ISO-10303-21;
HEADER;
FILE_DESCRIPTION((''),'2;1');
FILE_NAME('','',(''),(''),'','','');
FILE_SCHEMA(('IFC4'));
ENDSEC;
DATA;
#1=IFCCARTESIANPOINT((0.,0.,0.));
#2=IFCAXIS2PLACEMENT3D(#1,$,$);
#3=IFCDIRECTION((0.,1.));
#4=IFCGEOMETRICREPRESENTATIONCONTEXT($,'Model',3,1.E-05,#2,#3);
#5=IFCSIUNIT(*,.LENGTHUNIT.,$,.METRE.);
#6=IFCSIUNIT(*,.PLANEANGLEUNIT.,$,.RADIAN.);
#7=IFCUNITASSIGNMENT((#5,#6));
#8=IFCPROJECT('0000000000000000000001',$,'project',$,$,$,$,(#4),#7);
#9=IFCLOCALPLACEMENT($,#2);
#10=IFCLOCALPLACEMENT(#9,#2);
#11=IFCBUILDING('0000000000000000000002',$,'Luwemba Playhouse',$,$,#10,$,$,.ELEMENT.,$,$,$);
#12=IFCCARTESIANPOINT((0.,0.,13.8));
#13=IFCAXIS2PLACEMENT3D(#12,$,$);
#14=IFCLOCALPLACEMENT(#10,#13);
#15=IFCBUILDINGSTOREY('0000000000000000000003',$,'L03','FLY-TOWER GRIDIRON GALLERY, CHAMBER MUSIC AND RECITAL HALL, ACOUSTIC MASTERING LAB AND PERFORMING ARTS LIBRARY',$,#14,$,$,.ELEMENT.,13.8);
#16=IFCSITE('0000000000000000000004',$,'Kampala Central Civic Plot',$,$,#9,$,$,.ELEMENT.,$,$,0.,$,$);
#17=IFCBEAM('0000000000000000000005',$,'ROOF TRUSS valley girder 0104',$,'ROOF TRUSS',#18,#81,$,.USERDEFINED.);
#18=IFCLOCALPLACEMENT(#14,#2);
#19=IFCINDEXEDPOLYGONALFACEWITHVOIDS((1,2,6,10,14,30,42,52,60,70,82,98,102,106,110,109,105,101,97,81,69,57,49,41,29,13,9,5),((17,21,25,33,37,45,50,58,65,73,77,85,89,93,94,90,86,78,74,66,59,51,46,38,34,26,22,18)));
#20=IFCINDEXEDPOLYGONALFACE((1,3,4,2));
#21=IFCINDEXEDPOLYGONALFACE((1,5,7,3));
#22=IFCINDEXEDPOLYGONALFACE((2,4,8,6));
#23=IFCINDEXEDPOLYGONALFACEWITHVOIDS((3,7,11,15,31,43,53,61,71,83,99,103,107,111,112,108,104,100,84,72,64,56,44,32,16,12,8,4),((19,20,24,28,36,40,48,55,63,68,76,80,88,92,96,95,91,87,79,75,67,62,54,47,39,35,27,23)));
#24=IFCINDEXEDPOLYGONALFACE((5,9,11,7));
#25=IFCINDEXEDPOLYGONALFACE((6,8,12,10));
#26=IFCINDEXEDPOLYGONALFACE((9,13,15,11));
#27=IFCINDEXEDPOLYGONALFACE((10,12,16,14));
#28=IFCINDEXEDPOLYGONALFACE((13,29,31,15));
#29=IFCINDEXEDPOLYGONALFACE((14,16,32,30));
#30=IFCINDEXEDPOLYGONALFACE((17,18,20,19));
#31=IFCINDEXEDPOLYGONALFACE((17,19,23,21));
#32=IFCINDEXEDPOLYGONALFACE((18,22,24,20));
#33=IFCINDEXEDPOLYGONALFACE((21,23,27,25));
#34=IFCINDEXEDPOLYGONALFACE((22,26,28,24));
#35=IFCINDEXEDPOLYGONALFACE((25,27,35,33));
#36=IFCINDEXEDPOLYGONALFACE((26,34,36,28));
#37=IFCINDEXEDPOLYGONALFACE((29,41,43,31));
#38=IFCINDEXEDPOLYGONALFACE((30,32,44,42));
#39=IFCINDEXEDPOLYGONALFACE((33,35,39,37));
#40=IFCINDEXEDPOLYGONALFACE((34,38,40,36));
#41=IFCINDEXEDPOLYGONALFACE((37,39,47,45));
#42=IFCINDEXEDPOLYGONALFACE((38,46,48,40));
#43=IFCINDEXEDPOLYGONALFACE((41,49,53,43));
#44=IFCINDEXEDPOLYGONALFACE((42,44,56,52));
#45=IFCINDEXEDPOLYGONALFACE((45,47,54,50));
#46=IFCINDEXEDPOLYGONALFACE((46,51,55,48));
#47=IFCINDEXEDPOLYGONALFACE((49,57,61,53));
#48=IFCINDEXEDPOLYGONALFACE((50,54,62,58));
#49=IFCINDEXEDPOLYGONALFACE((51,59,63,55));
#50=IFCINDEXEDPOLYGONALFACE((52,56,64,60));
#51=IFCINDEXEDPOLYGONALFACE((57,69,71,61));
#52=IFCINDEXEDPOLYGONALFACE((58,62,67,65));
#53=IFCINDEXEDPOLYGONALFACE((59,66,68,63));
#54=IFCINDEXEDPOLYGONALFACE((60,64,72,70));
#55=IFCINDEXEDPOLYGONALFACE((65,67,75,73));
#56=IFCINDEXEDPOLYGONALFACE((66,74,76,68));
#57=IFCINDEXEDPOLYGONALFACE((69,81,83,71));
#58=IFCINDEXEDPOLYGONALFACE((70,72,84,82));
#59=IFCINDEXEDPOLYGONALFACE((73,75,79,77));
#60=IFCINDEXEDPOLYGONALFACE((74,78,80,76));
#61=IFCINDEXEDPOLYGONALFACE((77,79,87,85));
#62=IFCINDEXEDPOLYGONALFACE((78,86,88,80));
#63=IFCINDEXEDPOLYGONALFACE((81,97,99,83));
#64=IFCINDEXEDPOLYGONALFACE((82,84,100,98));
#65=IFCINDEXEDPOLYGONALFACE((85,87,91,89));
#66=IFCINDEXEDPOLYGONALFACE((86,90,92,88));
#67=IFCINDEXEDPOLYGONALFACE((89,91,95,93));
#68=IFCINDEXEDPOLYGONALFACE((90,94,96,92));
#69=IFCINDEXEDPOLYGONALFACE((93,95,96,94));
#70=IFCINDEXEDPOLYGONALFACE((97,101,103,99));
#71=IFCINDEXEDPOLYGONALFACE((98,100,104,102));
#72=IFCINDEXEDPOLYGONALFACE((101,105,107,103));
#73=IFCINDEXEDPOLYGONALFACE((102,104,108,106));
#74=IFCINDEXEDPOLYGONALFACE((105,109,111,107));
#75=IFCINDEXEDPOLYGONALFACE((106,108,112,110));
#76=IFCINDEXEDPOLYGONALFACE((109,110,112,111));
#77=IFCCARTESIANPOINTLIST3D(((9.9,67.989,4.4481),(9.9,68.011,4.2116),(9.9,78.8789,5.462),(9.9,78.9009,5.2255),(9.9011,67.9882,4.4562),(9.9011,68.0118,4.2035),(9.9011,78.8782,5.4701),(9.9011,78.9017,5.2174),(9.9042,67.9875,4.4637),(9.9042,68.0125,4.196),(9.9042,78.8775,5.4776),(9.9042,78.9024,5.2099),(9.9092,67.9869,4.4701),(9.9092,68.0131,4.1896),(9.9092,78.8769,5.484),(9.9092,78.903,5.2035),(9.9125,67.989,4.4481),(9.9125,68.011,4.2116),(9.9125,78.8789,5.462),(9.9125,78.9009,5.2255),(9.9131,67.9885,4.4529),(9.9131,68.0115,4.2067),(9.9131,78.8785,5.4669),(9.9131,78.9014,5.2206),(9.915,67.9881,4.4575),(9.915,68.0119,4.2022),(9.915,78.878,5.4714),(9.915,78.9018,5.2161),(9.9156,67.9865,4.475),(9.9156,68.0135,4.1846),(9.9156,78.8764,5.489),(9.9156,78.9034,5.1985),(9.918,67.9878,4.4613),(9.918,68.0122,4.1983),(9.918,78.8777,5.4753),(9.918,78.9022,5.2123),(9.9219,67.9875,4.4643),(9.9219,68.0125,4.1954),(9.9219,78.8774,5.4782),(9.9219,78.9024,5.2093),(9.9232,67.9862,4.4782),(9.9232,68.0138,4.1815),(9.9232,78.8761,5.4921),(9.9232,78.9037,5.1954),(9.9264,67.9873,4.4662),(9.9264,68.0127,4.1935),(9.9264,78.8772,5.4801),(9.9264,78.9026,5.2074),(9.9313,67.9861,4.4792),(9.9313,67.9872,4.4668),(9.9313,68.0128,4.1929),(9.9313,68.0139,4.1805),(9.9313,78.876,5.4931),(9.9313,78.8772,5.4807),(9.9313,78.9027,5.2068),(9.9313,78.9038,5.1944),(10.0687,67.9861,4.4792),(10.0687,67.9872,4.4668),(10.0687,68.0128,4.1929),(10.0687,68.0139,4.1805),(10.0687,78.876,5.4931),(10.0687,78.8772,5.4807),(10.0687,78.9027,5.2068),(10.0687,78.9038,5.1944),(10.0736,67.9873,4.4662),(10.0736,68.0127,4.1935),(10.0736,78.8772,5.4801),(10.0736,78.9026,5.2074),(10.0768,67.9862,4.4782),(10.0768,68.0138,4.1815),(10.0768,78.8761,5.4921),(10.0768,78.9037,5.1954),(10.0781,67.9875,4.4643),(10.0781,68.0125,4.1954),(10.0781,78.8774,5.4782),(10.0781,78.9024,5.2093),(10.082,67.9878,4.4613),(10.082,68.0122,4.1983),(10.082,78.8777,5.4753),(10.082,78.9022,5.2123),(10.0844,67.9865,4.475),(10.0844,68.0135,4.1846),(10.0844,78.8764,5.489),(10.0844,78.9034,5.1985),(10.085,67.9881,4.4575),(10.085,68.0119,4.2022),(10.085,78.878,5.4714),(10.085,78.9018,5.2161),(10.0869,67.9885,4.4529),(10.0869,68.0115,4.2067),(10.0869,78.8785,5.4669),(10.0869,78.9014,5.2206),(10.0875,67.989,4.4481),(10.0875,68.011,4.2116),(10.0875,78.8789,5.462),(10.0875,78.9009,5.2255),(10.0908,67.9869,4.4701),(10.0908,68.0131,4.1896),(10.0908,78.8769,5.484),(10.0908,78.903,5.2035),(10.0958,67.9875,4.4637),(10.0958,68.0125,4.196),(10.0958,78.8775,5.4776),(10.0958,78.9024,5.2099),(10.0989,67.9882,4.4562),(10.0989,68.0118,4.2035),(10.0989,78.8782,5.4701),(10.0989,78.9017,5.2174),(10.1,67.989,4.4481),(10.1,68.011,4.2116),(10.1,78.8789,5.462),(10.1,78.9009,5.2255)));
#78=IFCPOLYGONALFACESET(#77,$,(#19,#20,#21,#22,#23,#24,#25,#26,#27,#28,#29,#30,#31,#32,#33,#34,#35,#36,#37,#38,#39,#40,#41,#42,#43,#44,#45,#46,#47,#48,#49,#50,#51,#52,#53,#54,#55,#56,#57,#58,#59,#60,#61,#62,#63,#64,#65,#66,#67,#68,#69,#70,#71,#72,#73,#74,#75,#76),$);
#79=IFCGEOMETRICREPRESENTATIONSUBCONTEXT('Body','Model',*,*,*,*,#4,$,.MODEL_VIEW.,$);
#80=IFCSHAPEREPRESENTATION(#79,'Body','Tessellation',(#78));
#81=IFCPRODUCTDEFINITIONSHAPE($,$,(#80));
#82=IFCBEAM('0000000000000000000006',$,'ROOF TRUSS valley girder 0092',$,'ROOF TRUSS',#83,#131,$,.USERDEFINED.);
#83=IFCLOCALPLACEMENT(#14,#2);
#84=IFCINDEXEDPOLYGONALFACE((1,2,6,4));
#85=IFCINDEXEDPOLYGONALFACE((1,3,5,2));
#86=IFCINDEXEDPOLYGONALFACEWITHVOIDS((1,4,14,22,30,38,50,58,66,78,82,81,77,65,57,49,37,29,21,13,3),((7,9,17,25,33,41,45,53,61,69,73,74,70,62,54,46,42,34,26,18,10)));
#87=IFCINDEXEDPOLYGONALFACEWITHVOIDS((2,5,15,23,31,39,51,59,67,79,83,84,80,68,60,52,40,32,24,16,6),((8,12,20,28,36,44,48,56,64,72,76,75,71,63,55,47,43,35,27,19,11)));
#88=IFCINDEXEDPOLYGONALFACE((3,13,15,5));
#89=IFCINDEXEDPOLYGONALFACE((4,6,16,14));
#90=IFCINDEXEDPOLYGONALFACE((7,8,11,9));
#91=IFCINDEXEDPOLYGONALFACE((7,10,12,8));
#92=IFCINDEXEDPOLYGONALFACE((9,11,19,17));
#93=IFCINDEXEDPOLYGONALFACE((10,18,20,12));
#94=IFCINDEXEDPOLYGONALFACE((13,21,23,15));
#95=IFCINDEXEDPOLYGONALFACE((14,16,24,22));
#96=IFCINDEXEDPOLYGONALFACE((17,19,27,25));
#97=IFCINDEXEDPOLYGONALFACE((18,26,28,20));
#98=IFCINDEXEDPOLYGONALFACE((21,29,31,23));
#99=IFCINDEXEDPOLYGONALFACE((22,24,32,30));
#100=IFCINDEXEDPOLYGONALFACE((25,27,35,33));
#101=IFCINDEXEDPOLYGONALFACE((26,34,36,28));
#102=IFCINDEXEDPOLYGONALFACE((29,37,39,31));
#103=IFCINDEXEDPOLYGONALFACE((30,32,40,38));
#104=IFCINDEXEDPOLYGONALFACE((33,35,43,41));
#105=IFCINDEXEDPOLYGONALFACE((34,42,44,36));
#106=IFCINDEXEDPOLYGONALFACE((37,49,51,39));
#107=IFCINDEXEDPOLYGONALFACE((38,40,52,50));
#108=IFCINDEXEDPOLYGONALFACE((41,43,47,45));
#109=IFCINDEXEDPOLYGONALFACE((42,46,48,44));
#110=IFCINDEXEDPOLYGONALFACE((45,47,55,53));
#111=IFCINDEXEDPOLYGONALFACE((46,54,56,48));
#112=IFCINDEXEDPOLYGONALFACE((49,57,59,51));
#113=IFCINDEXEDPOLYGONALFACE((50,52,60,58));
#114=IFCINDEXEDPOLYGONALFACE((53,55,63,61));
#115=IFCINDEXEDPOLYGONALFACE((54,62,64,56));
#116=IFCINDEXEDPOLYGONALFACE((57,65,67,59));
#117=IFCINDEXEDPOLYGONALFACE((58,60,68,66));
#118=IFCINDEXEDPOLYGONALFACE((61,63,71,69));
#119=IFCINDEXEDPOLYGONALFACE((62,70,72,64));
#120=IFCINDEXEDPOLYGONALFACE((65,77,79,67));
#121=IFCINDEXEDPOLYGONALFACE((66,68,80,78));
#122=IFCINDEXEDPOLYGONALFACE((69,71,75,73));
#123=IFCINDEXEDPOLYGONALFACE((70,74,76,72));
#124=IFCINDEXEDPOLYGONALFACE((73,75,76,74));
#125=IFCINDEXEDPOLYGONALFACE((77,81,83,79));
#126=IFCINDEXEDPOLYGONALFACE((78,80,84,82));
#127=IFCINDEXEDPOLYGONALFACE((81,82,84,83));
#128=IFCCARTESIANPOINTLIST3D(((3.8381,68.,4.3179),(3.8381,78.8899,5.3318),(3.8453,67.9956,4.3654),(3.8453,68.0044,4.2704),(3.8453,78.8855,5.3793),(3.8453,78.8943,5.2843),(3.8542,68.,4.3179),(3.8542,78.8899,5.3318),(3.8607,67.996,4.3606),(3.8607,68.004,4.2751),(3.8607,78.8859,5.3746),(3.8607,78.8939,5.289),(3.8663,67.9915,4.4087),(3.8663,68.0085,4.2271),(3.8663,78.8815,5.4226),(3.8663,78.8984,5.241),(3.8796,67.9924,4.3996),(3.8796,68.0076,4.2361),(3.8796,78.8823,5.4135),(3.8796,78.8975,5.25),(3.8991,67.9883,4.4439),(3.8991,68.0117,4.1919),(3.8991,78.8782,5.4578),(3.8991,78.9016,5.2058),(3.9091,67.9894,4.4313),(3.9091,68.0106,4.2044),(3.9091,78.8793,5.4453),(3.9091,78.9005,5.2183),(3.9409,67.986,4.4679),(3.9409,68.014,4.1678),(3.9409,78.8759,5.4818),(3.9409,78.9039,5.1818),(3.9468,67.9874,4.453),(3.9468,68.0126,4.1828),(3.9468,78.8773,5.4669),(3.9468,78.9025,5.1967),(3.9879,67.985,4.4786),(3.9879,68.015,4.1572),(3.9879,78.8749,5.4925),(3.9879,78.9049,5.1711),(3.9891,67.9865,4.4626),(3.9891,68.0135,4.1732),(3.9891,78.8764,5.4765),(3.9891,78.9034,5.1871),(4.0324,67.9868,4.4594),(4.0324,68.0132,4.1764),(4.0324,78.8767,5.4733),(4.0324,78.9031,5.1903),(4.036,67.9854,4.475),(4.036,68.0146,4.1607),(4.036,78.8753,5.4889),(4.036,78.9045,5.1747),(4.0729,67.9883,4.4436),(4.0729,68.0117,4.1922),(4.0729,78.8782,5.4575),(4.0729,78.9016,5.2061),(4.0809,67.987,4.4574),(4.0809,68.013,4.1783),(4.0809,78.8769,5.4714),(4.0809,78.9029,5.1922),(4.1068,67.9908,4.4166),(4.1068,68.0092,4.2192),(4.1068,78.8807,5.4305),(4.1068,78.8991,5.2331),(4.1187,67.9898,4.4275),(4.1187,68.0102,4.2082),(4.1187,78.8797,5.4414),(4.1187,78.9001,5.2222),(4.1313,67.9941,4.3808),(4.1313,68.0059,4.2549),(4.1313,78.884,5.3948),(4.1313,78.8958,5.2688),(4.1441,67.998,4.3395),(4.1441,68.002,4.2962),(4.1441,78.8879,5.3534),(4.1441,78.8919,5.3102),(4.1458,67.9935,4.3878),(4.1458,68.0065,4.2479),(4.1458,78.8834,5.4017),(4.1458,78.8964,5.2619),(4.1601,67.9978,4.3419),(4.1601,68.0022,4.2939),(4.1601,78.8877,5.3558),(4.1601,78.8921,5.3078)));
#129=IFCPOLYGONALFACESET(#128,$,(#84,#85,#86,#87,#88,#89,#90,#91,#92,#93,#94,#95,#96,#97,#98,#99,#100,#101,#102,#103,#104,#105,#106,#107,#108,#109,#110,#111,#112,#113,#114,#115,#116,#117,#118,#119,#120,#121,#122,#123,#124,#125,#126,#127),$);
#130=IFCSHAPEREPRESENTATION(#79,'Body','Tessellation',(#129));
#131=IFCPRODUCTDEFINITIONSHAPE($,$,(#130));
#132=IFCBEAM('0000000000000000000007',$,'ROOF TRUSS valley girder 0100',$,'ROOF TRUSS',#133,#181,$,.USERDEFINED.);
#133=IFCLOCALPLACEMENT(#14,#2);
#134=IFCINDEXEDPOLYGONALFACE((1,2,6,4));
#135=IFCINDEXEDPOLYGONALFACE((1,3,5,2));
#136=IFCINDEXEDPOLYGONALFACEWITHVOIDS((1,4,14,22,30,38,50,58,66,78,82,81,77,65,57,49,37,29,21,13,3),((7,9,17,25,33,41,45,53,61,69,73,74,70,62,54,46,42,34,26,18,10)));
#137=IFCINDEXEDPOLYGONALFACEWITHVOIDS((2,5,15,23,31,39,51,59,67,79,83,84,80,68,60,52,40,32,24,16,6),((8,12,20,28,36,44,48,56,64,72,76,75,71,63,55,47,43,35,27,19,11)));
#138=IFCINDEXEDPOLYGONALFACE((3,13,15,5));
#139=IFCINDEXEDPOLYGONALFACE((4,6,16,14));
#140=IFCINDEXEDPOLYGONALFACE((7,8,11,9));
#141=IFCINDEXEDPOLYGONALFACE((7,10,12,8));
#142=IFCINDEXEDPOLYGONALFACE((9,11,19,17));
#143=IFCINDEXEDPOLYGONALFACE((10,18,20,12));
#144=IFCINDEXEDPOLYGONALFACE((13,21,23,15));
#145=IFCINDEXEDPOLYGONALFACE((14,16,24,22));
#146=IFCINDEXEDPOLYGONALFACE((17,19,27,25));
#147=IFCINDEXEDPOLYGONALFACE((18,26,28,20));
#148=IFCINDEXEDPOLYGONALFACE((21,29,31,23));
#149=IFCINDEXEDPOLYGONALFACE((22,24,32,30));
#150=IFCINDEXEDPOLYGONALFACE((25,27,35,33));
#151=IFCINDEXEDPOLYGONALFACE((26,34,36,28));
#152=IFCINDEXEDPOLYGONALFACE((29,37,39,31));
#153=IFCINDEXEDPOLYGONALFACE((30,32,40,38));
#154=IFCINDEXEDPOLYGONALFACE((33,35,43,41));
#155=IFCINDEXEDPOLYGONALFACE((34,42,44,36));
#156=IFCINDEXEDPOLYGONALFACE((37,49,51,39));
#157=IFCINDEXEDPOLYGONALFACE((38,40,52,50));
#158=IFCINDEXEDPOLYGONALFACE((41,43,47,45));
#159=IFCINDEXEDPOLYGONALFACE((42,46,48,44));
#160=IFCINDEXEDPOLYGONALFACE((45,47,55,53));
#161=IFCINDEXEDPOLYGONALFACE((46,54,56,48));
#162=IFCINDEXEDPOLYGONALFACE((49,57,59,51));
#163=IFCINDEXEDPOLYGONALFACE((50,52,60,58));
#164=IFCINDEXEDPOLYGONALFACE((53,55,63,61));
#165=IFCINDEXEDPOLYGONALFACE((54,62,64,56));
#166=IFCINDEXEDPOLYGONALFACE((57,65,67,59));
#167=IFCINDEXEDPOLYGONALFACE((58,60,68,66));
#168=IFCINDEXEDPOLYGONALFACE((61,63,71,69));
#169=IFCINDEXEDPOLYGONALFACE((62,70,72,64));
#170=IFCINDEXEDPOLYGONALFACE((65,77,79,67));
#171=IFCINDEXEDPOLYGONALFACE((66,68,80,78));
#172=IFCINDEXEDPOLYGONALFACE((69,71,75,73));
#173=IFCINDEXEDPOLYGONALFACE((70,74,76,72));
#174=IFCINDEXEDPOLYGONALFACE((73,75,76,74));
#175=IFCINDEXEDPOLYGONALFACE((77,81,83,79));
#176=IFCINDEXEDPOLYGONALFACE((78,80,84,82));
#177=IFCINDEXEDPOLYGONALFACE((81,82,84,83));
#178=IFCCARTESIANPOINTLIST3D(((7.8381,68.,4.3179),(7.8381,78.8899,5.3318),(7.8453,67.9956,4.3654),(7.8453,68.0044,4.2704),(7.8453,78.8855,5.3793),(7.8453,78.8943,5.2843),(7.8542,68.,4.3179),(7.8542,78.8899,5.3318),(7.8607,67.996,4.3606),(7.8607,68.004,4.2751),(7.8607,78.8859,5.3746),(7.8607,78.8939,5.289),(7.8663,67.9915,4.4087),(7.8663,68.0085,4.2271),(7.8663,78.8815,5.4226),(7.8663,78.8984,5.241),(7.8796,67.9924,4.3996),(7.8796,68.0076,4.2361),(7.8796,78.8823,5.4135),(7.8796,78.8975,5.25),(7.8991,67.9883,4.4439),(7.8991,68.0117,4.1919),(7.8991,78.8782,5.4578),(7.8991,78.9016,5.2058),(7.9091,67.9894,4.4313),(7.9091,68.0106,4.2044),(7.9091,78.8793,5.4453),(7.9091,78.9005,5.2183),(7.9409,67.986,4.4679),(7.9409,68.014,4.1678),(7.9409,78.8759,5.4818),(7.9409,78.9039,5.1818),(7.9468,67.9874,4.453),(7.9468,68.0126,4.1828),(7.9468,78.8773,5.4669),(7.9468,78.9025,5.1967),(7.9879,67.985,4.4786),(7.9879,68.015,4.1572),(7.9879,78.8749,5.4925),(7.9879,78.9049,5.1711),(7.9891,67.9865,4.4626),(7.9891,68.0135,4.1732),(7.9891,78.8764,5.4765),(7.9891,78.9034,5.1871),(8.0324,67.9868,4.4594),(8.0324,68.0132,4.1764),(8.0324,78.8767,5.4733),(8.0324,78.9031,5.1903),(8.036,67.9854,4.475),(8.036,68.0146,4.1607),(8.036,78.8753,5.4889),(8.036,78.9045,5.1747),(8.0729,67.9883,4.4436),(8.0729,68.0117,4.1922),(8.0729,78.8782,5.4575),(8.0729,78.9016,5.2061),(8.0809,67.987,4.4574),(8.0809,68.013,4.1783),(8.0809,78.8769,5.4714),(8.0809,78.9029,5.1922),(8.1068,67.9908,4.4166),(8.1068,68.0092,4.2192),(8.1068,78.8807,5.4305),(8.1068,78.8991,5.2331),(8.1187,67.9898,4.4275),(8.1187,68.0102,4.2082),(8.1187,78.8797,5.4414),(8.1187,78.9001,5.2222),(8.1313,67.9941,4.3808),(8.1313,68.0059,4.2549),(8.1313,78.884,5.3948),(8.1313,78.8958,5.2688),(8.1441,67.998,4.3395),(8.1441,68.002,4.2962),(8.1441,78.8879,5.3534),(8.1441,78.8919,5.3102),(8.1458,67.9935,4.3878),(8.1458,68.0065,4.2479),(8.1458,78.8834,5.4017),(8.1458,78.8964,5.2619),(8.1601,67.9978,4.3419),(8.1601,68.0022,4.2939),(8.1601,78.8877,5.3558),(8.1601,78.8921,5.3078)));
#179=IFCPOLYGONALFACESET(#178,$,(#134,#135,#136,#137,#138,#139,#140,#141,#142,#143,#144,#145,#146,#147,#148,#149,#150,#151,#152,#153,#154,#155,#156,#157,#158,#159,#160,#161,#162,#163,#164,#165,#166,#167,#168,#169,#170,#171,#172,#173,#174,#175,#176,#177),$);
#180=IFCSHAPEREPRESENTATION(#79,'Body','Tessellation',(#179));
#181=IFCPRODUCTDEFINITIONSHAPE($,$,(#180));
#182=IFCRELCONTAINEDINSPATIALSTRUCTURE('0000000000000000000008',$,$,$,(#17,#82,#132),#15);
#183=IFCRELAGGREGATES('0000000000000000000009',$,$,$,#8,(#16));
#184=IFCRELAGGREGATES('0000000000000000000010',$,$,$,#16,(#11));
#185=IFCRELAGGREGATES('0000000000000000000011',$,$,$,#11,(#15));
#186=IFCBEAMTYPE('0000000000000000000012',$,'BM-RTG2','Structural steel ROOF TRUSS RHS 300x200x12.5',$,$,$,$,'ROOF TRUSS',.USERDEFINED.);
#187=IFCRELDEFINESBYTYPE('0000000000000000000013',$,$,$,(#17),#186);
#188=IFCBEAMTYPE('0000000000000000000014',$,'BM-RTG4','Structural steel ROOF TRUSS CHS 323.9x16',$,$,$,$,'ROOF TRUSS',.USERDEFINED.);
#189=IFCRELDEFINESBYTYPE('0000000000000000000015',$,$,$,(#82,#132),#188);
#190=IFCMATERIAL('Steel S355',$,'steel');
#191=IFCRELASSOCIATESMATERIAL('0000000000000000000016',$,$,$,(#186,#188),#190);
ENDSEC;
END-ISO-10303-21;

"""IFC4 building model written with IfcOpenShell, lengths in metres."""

from ifc_helpers import new_model, si_unit, direction, frame, origin, origin_2d, place, context, subcontext, project, spatial, hollow_rectangle, hollow_circle, extrude, material, material_profile, profile_set, type_object, element, save


model = new_model("IFC4")

# Units and contexts
model_context = context("Model", 3, precision=1e-05, world=origin(), true_north=direction((0.0, 1.0)))
body_context = subcontext(model_context, "Body", "Model", "MODEL_VIEW")
ifc_project = project(units=[si_unit("LENGTHUNIT", "METRE"), si_unit("PLANEANGLEUNIT", "RADIAN")], contexts=[model_context])

# Site, building, storey
site_placement = place(None, origin())
site = spatial("IfcSite", under=ifc_project, at=site_placement, Name="Kampala Central Civic Plot", CompositionType="ELEMENT", RefElevation=0.0)
building_placement = place(site_placement, origin())
building = spatial("IfcBuilding", under=site, at=building_placement, Name="Luwemba Playhouse", CompositionType="ELEMENT")
storey_placement = place(building_placement, frame((0.0, 0.0, 13.8)))
storey = spatial("IfcBuildingStorey", under=building, at=storey_placement, Name="L03", Description="FLY-TOWER GRIDIRON GALLERY, CHAMBER MUSIC AND RECITAL HALL, ACOUSTIC MASTERING LAB AND PERFORMING ARTS LIBRARY", CompositionType="ELEMENT", Elevation=13.8)

# Shared definitions
ifc_material_1 = material(Name="Steel S355", Category="steel")

# Beams
ifc_material_profile_1 = material_profile(ifc_material_1, hollow_rectangle(XDim=0.2, YDim=0.3, WallThickness=0.0125, InnerFilletRadius=0.0188, OuterFilletRadius=0.0312, at=origin_2d()))
ifc_profile_set_1 = profile_set([ifc_material_profile_1], Name="Steel S355")
beam_type_1 = type_object("IfcBeamType", Name="BM-RTG2", Description="Structural steel ROOF TRUSS RHS 300x200x12.5", ElementType="ROOF TRUSS", PredefinedType="USERDEFINED", material=ifc_profile_set_1)
for number, where, z_axis, x_axis, name in (
    (1, (10.0, 68.0, 4.3298), (0.0, 0.995694, 0.092705), (-1.0, 0.0, 0.0), "ROOF TRUSS valley girder 0104"),
):
    element("IfcBeam", number, at=place(storey_placement, frame(where, z_axis=z_axis, x_axis=x_axis)), inside=storey, type_object=beam_type_1, Name=name, ObjectType="ROOF TRUSS", PredefinedType="USERDEFINED", context=body_context, shape_type="SweptSolid", body=[
        extrude(hollow_rectangle(XDim=0.2, YDim=0.3, WallThickness=0.0125, InnerFilletRadius=0.0188, OuterFilletRadius=0.0312, at=origin_2d()), origin(), (0.0, 0.0, 1.0), 10.937),
    ])
ifc_material_profile_2 = material_profile(ifc_material_1, hollow_circle(Radius=0.1619, WallThickness=0.0161, at=origin_2d()))
ifc_profile_set_2 = profile_set([ifc_material_profile_2], Name="Steel S355")
beam_type_2 = type_object("IfcBeamType", Name="BM-RTG4", Description="Structural steel ROOF TRUSS CHS 323.9x16", ElementType="ROOF TRUSS", PredefinedType="USERDEFINED", material=ifc_profile_set_2)
for number, where, z_axis, x_axis, name in (
    (2, (4.0, 68.0, 4.3179), (0.0, 0.995694, 0.092705), (-1.0, 0.0, 0.0), "ROOF TRUSS valley girder 0092"),
    (3, (8.0, 68.0, 4.3179), (0.0, 0.995694, 0.092705), (-1.0, 0.0, 0.0), "ROOF TRUSS valley girder 0100"),
):
    element("IfcBeam", number, at=place(storey_placement, frame(where, z_axis=z_axis, x_axis=x_axis)), inside=storey, type_object=beam_type_2, Name=name, ObjectType="ROOF TRUSS", PredefinedType="USERDEFINED", context=body_context, shape_type="SweptSolid", body=[
        extrude(hollow_circle(Radius=0.1619, WallThickness=0.0161, at=origin_2d()), origin(), (0.0, 0.0, 1.0), 10.937),
    ])

save(model, "model.ifc")
